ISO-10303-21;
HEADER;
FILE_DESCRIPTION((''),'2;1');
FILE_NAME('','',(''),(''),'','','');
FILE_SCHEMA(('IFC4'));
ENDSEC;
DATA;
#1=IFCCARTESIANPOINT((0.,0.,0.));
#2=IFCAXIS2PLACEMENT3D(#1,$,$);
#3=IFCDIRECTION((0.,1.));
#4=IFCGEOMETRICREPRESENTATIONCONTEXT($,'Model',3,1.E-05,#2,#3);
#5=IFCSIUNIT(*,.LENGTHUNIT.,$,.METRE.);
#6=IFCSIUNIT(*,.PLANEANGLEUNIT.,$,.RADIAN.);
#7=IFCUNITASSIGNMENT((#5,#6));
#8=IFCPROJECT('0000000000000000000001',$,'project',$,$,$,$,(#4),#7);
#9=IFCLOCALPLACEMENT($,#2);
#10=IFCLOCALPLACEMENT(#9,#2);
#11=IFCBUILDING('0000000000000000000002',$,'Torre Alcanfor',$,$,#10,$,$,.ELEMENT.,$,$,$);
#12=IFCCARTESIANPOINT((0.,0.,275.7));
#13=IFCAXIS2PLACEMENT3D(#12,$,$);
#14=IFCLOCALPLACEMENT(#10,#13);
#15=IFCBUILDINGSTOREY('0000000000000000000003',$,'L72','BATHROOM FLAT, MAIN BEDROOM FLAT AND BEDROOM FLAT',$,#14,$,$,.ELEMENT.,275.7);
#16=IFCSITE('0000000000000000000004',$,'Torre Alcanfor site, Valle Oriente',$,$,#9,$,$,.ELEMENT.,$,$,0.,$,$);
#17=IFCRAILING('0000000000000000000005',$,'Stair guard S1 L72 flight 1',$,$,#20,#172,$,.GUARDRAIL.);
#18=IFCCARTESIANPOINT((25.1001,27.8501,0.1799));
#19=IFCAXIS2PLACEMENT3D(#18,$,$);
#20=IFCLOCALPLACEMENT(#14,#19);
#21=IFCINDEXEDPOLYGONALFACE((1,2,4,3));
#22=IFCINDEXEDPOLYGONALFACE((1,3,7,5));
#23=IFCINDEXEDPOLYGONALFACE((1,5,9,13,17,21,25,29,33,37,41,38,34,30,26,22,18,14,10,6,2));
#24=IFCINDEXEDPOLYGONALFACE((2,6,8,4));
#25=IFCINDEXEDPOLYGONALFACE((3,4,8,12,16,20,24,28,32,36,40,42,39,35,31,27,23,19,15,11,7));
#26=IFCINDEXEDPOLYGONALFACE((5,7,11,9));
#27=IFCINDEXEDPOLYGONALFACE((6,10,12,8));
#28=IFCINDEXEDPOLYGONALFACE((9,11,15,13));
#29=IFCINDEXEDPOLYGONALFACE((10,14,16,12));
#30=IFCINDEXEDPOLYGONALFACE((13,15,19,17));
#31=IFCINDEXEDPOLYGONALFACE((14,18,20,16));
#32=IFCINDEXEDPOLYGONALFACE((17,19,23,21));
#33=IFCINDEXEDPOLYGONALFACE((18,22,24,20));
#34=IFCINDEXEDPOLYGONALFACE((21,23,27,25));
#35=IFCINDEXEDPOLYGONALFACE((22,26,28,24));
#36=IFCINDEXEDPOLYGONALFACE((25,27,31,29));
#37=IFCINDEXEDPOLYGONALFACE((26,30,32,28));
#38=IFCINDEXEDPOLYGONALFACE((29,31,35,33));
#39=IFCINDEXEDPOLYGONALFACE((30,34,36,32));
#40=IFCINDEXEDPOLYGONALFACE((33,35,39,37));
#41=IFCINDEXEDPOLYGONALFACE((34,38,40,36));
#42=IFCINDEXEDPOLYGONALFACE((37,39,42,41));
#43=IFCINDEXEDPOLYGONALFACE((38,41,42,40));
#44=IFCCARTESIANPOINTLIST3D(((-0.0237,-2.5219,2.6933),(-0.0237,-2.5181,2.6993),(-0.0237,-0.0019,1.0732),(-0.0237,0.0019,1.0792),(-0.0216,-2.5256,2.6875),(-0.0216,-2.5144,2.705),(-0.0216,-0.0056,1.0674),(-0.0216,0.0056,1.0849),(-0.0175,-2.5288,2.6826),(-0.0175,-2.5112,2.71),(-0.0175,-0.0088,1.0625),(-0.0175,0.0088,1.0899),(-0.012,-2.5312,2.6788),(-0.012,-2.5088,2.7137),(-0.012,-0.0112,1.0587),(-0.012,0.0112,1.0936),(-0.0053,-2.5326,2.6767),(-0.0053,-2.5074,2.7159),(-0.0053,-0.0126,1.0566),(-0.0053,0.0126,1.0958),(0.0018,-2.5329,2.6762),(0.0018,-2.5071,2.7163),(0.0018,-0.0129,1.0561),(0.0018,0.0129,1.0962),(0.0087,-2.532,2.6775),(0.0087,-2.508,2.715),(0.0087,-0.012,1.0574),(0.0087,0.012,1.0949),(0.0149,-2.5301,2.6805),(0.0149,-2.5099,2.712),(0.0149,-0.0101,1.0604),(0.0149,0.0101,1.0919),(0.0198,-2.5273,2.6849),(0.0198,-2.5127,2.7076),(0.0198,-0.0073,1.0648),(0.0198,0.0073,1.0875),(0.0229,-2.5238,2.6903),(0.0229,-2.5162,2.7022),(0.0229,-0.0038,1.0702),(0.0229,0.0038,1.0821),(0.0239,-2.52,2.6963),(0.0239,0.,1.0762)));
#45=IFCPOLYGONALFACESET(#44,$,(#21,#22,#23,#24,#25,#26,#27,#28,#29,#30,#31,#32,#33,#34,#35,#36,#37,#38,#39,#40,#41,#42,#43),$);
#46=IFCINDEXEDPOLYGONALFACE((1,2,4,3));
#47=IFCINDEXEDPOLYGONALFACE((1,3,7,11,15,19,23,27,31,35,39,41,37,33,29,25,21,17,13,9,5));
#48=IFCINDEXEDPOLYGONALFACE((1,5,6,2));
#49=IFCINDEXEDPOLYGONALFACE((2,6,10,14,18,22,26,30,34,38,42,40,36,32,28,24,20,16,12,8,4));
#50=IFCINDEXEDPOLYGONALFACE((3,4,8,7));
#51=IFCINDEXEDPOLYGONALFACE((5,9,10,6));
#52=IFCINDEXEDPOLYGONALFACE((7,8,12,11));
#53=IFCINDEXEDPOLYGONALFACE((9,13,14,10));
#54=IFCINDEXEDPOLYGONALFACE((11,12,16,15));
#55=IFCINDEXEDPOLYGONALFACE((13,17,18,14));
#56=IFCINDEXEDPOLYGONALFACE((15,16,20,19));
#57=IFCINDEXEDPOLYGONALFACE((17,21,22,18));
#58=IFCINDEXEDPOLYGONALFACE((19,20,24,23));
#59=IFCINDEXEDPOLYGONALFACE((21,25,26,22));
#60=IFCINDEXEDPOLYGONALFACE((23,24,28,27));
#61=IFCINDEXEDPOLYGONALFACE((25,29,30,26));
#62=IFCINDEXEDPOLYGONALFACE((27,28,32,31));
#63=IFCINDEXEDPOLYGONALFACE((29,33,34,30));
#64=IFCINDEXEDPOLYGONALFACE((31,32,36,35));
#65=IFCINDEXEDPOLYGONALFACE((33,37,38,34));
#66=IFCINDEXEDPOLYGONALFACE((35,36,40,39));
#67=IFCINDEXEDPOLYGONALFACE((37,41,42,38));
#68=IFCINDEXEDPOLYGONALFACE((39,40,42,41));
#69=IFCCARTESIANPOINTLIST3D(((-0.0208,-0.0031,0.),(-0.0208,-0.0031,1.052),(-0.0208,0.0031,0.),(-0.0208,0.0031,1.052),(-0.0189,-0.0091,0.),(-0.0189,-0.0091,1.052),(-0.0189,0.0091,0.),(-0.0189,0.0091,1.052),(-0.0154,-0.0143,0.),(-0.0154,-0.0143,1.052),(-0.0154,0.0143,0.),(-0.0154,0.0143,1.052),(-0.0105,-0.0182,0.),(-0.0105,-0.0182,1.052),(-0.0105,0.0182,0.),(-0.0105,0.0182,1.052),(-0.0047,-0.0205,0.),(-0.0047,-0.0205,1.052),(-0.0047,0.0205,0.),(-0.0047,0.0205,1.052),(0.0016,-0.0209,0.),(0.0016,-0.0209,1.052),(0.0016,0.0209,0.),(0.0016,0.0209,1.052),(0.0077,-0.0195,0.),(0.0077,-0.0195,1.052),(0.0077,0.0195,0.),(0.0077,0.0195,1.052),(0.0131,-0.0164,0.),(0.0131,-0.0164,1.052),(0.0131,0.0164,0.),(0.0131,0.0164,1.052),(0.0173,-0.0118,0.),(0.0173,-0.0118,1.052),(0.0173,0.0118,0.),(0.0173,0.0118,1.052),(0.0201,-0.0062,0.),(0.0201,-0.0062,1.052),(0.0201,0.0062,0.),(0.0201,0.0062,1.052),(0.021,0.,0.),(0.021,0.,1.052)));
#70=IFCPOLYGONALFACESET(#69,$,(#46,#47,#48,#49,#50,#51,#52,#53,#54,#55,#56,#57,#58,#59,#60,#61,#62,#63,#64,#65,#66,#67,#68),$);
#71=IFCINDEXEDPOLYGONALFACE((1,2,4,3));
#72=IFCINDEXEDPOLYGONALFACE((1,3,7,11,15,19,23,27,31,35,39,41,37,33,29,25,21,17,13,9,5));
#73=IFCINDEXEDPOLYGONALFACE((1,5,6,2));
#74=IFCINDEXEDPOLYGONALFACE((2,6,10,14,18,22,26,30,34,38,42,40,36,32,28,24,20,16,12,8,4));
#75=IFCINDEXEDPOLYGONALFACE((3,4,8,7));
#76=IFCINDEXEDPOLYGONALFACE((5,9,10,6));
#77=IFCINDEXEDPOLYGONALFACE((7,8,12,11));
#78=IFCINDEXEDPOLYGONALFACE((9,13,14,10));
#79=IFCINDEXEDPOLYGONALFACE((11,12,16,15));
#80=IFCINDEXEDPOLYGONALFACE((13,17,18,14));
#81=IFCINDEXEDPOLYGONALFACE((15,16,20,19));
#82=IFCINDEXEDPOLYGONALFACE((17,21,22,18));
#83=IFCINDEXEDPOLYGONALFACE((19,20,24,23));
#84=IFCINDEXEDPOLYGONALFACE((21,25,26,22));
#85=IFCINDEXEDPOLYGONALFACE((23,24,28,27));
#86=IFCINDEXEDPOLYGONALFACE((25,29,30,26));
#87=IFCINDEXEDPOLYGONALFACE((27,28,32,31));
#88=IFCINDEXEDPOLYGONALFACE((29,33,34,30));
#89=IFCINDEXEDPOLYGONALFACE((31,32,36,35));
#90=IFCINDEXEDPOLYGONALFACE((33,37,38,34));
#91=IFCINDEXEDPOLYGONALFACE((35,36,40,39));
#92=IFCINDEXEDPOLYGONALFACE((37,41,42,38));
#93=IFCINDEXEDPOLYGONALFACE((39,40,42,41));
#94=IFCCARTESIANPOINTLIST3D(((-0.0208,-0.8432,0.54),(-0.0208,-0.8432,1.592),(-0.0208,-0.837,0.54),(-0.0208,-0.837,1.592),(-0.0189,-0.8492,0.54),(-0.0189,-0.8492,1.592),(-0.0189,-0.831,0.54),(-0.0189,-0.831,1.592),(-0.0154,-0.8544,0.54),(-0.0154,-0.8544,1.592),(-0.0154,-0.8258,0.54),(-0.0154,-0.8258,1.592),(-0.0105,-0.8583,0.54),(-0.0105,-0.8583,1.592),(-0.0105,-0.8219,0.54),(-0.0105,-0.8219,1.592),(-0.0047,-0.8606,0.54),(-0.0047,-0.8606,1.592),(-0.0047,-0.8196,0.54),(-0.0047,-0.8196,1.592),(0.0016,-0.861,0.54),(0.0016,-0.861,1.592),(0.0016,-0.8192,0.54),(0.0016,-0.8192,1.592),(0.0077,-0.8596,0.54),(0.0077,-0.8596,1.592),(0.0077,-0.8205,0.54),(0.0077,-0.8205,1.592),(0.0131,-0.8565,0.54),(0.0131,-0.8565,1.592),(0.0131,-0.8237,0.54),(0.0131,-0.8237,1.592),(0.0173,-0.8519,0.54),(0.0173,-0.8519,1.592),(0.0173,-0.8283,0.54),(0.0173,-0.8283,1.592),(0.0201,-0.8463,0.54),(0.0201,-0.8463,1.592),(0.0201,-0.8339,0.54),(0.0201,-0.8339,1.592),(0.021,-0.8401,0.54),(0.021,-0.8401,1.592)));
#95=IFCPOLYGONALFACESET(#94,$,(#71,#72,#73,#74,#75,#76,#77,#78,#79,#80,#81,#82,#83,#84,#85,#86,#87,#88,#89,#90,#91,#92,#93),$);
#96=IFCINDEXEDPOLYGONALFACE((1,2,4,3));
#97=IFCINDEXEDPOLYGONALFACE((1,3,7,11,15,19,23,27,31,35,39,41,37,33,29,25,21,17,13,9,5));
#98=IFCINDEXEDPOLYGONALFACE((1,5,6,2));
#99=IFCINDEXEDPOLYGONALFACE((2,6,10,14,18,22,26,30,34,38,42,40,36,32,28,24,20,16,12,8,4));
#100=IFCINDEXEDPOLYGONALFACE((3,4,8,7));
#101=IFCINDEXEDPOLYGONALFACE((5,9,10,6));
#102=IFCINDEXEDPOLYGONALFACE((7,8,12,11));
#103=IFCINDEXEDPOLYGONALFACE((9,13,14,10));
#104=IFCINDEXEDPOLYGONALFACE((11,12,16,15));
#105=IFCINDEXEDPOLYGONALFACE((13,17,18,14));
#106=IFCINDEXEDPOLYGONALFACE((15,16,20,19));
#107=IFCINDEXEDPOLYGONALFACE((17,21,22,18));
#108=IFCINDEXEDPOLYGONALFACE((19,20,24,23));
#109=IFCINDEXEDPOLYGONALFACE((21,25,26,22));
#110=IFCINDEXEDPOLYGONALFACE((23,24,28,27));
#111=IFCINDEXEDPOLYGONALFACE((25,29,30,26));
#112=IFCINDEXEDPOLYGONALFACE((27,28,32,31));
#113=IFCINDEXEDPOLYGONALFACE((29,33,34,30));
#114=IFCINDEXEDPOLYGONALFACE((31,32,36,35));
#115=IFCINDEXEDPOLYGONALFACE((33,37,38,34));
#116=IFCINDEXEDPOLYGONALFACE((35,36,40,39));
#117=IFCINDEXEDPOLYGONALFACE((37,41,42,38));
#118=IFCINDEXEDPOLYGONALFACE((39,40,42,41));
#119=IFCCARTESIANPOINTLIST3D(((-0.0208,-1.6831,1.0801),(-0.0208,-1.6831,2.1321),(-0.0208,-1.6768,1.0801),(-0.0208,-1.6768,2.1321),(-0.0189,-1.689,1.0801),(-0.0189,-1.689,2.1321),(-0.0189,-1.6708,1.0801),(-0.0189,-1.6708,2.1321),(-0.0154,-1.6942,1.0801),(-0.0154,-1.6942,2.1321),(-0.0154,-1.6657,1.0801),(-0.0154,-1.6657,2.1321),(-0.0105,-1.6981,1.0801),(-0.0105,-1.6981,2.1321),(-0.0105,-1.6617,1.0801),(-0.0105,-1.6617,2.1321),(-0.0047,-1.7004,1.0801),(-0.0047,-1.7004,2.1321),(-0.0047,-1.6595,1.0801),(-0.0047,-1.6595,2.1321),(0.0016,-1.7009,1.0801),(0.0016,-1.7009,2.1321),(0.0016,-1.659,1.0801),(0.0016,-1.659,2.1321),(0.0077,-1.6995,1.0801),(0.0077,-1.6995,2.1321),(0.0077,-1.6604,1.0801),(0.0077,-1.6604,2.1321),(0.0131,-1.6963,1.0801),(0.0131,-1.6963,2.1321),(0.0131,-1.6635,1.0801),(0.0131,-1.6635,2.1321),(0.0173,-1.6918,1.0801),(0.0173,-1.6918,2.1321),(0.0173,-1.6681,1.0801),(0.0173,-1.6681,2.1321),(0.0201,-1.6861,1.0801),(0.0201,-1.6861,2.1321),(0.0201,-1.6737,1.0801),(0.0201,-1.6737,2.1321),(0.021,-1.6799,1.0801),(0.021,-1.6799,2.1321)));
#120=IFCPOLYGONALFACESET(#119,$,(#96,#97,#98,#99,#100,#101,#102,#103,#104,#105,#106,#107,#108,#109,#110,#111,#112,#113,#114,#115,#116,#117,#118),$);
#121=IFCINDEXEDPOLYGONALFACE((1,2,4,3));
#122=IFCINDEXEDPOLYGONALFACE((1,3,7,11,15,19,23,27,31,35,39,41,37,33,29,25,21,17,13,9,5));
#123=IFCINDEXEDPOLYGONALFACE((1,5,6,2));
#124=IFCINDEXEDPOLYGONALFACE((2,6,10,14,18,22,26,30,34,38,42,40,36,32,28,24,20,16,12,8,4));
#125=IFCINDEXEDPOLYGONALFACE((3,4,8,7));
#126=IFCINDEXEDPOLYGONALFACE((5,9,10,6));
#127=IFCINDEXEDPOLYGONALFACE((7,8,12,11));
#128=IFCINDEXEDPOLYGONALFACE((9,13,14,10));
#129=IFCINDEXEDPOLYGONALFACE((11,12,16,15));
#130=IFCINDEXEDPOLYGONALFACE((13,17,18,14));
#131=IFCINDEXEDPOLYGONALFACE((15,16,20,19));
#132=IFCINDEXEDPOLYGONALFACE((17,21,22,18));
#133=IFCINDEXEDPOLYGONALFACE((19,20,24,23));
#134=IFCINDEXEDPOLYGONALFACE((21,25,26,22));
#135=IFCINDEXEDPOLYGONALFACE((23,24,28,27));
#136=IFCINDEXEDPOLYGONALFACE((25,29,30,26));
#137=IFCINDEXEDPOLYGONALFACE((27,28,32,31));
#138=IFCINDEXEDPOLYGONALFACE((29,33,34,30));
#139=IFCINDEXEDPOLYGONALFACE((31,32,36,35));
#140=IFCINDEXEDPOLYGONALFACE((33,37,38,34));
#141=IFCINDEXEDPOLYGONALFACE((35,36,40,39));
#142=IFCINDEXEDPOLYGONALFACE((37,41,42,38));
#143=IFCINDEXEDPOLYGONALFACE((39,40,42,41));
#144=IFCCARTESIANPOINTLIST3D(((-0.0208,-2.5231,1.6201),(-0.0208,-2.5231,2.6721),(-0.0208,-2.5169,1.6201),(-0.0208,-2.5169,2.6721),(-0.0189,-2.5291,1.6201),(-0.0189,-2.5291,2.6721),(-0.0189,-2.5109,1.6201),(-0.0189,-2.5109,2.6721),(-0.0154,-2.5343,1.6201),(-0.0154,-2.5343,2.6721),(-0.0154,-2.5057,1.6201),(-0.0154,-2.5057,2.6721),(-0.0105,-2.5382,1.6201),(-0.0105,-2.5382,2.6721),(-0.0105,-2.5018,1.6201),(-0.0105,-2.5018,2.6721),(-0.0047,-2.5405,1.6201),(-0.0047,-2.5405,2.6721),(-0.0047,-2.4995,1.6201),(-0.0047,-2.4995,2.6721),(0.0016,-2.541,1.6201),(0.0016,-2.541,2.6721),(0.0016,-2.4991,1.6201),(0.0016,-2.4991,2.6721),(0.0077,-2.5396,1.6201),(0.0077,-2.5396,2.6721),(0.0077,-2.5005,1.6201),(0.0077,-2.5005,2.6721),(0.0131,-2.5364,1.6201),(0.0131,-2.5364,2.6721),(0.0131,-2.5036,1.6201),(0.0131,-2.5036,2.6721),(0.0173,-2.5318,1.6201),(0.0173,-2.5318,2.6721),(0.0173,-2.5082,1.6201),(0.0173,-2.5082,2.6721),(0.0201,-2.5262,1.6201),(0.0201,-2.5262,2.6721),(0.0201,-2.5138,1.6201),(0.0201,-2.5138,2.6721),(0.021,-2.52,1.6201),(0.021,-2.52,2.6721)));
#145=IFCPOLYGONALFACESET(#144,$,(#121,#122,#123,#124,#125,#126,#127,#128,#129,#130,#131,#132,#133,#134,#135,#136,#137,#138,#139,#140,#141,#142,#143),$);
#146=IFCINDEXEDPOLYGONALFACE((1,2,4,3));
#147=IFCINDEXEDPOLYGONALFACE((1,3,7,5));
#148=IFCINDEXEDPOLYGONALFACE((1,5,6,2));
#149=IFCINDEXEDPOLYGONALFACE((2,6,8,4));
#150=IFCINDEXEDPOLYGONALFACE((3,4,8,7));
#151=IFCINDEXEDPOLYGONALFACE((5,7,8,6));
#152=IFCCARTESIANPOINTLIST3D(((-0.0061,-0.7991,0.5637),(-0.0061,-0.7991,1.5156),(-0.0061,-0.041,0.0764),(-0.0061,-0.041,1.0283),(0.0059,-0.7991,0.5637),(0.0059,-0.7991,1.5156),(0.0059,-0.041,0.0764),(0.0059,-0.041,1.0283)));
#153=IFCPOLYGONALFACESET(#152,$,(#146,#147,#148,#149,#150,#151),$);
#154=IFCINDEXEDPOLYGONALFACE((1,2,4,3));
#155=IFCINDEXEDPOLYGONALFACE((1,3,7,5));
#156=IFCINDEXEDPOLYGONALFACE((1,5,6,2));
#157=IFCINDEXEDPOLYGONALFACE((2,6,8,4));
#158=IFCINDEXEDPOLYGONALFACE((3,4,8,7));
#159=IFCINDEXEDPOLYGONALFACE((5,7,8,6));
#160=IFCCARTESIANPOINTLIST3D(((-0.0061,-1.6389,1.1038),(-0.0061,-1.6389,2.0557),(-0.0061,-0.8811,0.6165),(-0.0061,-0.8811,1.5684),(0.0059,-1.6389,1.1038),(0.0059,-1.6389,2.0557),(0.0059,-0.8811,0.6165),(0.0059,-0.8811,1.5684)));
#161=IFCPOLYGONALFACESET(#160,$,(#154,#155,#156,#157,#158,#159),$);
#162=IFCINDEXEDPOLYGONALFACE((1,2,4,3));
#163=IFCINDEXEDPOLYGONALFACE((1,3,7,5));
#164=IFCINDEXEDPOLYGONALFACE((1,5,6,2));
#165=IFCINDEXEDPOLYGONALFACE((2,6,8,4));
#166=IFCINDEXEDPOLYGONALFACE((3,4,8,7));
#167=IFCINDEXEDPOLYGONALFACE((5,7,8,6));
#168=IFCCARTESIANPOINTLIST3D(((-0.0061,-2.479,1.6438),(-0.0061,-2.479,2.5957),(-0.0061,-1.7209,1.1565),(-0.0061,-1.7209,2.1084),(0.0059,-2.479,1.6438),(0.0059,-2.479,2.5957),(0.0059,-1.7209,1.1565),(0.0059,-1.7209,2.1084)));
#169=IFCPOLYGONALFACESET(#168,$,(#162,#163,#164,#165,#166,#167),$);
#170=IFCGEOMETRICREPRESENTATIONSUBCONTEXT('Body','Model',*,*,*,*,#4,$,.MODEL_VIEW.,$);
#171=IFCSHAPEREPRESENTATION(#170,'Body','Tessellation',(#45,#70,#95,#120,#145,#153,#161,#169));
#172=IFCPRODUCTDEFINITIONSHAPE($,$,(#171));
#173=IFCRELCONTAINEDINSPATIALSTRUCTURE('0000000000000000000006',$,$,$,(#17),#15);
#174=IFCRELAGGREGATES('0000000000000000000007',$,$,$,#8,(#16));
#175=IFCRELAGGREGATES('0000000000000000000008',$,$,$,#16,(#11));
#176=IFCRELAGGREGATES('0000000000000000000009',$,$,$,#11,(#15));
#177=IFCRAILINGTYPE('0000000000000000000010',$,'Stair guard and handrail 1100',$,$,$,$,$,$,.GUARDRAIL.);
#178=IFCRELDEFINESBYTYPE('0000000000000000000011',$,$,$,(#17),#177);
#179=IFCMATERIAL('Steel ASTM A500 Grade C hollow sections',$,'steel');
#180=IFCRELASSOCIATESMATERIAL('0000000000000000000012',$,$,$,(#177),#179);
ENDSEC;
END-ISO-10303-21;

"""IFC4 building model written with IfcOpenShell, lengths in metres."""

from ifc_helpers import new_model, si_unit, direction, frame, origin, origin_2d, place, context, subcontext, project, spatial, polyline, circle, outline, extrude, material, type_object, element, save


model = new_model("IFC4")

# Units and contexts
model_context = context("Model", 3, precision=1e-05, world=origin(), true_north=direction((0.0, 1.0)))
body_context = subcontext(model_context, "Body", "Model", "MODEL_VIEW")
ifc_project = project(units=[si_unit("LENGTHUNIT", "METRE"), si_unit("PLANEANGLEUNIT", "RADIAN")], contexts=[model_context])

# Site, building, storey
site_placement = place(None, origin())
site = spatial("IfcSite", under=ifc_project, at=site_placement, Name="Torre Alcanfor site, Valle Oriente", CompositionType="ELEMENT", RefElevation=0.0)
building_placement = place(site_placement, origin())
building = spatial("IfcBuilding", under=site, at=building_placement, Name="Torre Alcanfor", CompositionType="ELEMENT")
storey_placement = place(building_placement, frame((0.0, 0.0, 275.7)))
storey = spatial("IfcBuildingStorey", under=building, at=storey_placement, Name="L72", Description="BATHROOM FLAT, MAIN BEDROOM FLAT AND BEDROOM FLAT", CompositionType="ELEMENT", Elevation=275.7)

# Railing
ifc_material_1 = material(Name="Steel ASTM A500 Grade C hollow sections", Category="steel")
railing_type_1 = type_object("IfcRailingType", Name="Stair guard and handrail 1100", PredefinedType="GUARDRAIL", material=ifc_material_1)
railing_1_placement = place(storey_placement, frame((25.1001, 27.8501, 0.1799)))
element("IfcRailing", 1, at=railing_1_placement, inside=storey, type_object=railing_type_1, Name="Stair guard S1 L72 flight 1", PredefinedType="GUARDRAIL", context=body_context, shape_type="SweptSolid", body=[
    extrude(circle(Radius=0.0239, at=origin_2d()), frame((0.0, 0.0, 1.0762), z_axis=(0.0, -0.841163, 0.540782), x_axis=(1.0, 0.0, 0.0)), (0.0, 0.0, 1.0), 2.9958),
    extrude(circle(Radius=0.021, at=origin_2d()), origin(), (0.0, 0.0, 1.0), 1.052),
    extrude(circle(Radius=0.021, at=origin_2d()), frame((0.0, -0.8401, 0.54)), (0.0, 0.0, 1.0), 1.052),
    extrude(circle(Radius=0.021, at=origin_2d()), frame((0.0, -1.6799, 1.0801)), (0.0, 0.0, 1.0), 1.052),
    extrude(circle(Radius=0.021, at=origin_2d()), frame((0.0, -2.52, 1.6201)), (0.0, 0.0, 1.0), 1.052),
    extrude(outline(polyline([(0.041, 0.0764), (0.7991, 0.5637), (0.7991, 1.5156), (0.041, 1.0283), (0.041, 0.0764)])), frame((0.0059, 0.0, 0.0), z_axis=(-1.0, 0.0, 0.0), x_axis=(0.0, -1.0, 0.0)), (0.0, 0.0, 1.0), 0.012),
    extrude(outline(polyline([(0.8811, 0.6165), (1.6389, 1.1038), (1.6389, 2.0557), (0.8811, 1.5684), (0.8811, 0.6165)])), frame((0.0059, 0.0, 0.0), z_axis=(-1.0, 0.0, 0.0), x_axis=(0.0, -1.0, 0.0)), (0.0, 0.0, 1.0), 0.012),
    extrude(outline(polyline([(1.7209, 1.1565), (2.479, 1.6438), (2.479, 2.5957), (1.7209, 2.1084), (1.7209, 1.1565)])), frame((0.0059, 0.0, 0.0), z_axis=(-1.0, 0.0, 0.0), x_axis=(0.0, -1.0, 0.0)), (0.0, 0.0, 1.0), 0.012),
])

save(model, "model.ifc")
